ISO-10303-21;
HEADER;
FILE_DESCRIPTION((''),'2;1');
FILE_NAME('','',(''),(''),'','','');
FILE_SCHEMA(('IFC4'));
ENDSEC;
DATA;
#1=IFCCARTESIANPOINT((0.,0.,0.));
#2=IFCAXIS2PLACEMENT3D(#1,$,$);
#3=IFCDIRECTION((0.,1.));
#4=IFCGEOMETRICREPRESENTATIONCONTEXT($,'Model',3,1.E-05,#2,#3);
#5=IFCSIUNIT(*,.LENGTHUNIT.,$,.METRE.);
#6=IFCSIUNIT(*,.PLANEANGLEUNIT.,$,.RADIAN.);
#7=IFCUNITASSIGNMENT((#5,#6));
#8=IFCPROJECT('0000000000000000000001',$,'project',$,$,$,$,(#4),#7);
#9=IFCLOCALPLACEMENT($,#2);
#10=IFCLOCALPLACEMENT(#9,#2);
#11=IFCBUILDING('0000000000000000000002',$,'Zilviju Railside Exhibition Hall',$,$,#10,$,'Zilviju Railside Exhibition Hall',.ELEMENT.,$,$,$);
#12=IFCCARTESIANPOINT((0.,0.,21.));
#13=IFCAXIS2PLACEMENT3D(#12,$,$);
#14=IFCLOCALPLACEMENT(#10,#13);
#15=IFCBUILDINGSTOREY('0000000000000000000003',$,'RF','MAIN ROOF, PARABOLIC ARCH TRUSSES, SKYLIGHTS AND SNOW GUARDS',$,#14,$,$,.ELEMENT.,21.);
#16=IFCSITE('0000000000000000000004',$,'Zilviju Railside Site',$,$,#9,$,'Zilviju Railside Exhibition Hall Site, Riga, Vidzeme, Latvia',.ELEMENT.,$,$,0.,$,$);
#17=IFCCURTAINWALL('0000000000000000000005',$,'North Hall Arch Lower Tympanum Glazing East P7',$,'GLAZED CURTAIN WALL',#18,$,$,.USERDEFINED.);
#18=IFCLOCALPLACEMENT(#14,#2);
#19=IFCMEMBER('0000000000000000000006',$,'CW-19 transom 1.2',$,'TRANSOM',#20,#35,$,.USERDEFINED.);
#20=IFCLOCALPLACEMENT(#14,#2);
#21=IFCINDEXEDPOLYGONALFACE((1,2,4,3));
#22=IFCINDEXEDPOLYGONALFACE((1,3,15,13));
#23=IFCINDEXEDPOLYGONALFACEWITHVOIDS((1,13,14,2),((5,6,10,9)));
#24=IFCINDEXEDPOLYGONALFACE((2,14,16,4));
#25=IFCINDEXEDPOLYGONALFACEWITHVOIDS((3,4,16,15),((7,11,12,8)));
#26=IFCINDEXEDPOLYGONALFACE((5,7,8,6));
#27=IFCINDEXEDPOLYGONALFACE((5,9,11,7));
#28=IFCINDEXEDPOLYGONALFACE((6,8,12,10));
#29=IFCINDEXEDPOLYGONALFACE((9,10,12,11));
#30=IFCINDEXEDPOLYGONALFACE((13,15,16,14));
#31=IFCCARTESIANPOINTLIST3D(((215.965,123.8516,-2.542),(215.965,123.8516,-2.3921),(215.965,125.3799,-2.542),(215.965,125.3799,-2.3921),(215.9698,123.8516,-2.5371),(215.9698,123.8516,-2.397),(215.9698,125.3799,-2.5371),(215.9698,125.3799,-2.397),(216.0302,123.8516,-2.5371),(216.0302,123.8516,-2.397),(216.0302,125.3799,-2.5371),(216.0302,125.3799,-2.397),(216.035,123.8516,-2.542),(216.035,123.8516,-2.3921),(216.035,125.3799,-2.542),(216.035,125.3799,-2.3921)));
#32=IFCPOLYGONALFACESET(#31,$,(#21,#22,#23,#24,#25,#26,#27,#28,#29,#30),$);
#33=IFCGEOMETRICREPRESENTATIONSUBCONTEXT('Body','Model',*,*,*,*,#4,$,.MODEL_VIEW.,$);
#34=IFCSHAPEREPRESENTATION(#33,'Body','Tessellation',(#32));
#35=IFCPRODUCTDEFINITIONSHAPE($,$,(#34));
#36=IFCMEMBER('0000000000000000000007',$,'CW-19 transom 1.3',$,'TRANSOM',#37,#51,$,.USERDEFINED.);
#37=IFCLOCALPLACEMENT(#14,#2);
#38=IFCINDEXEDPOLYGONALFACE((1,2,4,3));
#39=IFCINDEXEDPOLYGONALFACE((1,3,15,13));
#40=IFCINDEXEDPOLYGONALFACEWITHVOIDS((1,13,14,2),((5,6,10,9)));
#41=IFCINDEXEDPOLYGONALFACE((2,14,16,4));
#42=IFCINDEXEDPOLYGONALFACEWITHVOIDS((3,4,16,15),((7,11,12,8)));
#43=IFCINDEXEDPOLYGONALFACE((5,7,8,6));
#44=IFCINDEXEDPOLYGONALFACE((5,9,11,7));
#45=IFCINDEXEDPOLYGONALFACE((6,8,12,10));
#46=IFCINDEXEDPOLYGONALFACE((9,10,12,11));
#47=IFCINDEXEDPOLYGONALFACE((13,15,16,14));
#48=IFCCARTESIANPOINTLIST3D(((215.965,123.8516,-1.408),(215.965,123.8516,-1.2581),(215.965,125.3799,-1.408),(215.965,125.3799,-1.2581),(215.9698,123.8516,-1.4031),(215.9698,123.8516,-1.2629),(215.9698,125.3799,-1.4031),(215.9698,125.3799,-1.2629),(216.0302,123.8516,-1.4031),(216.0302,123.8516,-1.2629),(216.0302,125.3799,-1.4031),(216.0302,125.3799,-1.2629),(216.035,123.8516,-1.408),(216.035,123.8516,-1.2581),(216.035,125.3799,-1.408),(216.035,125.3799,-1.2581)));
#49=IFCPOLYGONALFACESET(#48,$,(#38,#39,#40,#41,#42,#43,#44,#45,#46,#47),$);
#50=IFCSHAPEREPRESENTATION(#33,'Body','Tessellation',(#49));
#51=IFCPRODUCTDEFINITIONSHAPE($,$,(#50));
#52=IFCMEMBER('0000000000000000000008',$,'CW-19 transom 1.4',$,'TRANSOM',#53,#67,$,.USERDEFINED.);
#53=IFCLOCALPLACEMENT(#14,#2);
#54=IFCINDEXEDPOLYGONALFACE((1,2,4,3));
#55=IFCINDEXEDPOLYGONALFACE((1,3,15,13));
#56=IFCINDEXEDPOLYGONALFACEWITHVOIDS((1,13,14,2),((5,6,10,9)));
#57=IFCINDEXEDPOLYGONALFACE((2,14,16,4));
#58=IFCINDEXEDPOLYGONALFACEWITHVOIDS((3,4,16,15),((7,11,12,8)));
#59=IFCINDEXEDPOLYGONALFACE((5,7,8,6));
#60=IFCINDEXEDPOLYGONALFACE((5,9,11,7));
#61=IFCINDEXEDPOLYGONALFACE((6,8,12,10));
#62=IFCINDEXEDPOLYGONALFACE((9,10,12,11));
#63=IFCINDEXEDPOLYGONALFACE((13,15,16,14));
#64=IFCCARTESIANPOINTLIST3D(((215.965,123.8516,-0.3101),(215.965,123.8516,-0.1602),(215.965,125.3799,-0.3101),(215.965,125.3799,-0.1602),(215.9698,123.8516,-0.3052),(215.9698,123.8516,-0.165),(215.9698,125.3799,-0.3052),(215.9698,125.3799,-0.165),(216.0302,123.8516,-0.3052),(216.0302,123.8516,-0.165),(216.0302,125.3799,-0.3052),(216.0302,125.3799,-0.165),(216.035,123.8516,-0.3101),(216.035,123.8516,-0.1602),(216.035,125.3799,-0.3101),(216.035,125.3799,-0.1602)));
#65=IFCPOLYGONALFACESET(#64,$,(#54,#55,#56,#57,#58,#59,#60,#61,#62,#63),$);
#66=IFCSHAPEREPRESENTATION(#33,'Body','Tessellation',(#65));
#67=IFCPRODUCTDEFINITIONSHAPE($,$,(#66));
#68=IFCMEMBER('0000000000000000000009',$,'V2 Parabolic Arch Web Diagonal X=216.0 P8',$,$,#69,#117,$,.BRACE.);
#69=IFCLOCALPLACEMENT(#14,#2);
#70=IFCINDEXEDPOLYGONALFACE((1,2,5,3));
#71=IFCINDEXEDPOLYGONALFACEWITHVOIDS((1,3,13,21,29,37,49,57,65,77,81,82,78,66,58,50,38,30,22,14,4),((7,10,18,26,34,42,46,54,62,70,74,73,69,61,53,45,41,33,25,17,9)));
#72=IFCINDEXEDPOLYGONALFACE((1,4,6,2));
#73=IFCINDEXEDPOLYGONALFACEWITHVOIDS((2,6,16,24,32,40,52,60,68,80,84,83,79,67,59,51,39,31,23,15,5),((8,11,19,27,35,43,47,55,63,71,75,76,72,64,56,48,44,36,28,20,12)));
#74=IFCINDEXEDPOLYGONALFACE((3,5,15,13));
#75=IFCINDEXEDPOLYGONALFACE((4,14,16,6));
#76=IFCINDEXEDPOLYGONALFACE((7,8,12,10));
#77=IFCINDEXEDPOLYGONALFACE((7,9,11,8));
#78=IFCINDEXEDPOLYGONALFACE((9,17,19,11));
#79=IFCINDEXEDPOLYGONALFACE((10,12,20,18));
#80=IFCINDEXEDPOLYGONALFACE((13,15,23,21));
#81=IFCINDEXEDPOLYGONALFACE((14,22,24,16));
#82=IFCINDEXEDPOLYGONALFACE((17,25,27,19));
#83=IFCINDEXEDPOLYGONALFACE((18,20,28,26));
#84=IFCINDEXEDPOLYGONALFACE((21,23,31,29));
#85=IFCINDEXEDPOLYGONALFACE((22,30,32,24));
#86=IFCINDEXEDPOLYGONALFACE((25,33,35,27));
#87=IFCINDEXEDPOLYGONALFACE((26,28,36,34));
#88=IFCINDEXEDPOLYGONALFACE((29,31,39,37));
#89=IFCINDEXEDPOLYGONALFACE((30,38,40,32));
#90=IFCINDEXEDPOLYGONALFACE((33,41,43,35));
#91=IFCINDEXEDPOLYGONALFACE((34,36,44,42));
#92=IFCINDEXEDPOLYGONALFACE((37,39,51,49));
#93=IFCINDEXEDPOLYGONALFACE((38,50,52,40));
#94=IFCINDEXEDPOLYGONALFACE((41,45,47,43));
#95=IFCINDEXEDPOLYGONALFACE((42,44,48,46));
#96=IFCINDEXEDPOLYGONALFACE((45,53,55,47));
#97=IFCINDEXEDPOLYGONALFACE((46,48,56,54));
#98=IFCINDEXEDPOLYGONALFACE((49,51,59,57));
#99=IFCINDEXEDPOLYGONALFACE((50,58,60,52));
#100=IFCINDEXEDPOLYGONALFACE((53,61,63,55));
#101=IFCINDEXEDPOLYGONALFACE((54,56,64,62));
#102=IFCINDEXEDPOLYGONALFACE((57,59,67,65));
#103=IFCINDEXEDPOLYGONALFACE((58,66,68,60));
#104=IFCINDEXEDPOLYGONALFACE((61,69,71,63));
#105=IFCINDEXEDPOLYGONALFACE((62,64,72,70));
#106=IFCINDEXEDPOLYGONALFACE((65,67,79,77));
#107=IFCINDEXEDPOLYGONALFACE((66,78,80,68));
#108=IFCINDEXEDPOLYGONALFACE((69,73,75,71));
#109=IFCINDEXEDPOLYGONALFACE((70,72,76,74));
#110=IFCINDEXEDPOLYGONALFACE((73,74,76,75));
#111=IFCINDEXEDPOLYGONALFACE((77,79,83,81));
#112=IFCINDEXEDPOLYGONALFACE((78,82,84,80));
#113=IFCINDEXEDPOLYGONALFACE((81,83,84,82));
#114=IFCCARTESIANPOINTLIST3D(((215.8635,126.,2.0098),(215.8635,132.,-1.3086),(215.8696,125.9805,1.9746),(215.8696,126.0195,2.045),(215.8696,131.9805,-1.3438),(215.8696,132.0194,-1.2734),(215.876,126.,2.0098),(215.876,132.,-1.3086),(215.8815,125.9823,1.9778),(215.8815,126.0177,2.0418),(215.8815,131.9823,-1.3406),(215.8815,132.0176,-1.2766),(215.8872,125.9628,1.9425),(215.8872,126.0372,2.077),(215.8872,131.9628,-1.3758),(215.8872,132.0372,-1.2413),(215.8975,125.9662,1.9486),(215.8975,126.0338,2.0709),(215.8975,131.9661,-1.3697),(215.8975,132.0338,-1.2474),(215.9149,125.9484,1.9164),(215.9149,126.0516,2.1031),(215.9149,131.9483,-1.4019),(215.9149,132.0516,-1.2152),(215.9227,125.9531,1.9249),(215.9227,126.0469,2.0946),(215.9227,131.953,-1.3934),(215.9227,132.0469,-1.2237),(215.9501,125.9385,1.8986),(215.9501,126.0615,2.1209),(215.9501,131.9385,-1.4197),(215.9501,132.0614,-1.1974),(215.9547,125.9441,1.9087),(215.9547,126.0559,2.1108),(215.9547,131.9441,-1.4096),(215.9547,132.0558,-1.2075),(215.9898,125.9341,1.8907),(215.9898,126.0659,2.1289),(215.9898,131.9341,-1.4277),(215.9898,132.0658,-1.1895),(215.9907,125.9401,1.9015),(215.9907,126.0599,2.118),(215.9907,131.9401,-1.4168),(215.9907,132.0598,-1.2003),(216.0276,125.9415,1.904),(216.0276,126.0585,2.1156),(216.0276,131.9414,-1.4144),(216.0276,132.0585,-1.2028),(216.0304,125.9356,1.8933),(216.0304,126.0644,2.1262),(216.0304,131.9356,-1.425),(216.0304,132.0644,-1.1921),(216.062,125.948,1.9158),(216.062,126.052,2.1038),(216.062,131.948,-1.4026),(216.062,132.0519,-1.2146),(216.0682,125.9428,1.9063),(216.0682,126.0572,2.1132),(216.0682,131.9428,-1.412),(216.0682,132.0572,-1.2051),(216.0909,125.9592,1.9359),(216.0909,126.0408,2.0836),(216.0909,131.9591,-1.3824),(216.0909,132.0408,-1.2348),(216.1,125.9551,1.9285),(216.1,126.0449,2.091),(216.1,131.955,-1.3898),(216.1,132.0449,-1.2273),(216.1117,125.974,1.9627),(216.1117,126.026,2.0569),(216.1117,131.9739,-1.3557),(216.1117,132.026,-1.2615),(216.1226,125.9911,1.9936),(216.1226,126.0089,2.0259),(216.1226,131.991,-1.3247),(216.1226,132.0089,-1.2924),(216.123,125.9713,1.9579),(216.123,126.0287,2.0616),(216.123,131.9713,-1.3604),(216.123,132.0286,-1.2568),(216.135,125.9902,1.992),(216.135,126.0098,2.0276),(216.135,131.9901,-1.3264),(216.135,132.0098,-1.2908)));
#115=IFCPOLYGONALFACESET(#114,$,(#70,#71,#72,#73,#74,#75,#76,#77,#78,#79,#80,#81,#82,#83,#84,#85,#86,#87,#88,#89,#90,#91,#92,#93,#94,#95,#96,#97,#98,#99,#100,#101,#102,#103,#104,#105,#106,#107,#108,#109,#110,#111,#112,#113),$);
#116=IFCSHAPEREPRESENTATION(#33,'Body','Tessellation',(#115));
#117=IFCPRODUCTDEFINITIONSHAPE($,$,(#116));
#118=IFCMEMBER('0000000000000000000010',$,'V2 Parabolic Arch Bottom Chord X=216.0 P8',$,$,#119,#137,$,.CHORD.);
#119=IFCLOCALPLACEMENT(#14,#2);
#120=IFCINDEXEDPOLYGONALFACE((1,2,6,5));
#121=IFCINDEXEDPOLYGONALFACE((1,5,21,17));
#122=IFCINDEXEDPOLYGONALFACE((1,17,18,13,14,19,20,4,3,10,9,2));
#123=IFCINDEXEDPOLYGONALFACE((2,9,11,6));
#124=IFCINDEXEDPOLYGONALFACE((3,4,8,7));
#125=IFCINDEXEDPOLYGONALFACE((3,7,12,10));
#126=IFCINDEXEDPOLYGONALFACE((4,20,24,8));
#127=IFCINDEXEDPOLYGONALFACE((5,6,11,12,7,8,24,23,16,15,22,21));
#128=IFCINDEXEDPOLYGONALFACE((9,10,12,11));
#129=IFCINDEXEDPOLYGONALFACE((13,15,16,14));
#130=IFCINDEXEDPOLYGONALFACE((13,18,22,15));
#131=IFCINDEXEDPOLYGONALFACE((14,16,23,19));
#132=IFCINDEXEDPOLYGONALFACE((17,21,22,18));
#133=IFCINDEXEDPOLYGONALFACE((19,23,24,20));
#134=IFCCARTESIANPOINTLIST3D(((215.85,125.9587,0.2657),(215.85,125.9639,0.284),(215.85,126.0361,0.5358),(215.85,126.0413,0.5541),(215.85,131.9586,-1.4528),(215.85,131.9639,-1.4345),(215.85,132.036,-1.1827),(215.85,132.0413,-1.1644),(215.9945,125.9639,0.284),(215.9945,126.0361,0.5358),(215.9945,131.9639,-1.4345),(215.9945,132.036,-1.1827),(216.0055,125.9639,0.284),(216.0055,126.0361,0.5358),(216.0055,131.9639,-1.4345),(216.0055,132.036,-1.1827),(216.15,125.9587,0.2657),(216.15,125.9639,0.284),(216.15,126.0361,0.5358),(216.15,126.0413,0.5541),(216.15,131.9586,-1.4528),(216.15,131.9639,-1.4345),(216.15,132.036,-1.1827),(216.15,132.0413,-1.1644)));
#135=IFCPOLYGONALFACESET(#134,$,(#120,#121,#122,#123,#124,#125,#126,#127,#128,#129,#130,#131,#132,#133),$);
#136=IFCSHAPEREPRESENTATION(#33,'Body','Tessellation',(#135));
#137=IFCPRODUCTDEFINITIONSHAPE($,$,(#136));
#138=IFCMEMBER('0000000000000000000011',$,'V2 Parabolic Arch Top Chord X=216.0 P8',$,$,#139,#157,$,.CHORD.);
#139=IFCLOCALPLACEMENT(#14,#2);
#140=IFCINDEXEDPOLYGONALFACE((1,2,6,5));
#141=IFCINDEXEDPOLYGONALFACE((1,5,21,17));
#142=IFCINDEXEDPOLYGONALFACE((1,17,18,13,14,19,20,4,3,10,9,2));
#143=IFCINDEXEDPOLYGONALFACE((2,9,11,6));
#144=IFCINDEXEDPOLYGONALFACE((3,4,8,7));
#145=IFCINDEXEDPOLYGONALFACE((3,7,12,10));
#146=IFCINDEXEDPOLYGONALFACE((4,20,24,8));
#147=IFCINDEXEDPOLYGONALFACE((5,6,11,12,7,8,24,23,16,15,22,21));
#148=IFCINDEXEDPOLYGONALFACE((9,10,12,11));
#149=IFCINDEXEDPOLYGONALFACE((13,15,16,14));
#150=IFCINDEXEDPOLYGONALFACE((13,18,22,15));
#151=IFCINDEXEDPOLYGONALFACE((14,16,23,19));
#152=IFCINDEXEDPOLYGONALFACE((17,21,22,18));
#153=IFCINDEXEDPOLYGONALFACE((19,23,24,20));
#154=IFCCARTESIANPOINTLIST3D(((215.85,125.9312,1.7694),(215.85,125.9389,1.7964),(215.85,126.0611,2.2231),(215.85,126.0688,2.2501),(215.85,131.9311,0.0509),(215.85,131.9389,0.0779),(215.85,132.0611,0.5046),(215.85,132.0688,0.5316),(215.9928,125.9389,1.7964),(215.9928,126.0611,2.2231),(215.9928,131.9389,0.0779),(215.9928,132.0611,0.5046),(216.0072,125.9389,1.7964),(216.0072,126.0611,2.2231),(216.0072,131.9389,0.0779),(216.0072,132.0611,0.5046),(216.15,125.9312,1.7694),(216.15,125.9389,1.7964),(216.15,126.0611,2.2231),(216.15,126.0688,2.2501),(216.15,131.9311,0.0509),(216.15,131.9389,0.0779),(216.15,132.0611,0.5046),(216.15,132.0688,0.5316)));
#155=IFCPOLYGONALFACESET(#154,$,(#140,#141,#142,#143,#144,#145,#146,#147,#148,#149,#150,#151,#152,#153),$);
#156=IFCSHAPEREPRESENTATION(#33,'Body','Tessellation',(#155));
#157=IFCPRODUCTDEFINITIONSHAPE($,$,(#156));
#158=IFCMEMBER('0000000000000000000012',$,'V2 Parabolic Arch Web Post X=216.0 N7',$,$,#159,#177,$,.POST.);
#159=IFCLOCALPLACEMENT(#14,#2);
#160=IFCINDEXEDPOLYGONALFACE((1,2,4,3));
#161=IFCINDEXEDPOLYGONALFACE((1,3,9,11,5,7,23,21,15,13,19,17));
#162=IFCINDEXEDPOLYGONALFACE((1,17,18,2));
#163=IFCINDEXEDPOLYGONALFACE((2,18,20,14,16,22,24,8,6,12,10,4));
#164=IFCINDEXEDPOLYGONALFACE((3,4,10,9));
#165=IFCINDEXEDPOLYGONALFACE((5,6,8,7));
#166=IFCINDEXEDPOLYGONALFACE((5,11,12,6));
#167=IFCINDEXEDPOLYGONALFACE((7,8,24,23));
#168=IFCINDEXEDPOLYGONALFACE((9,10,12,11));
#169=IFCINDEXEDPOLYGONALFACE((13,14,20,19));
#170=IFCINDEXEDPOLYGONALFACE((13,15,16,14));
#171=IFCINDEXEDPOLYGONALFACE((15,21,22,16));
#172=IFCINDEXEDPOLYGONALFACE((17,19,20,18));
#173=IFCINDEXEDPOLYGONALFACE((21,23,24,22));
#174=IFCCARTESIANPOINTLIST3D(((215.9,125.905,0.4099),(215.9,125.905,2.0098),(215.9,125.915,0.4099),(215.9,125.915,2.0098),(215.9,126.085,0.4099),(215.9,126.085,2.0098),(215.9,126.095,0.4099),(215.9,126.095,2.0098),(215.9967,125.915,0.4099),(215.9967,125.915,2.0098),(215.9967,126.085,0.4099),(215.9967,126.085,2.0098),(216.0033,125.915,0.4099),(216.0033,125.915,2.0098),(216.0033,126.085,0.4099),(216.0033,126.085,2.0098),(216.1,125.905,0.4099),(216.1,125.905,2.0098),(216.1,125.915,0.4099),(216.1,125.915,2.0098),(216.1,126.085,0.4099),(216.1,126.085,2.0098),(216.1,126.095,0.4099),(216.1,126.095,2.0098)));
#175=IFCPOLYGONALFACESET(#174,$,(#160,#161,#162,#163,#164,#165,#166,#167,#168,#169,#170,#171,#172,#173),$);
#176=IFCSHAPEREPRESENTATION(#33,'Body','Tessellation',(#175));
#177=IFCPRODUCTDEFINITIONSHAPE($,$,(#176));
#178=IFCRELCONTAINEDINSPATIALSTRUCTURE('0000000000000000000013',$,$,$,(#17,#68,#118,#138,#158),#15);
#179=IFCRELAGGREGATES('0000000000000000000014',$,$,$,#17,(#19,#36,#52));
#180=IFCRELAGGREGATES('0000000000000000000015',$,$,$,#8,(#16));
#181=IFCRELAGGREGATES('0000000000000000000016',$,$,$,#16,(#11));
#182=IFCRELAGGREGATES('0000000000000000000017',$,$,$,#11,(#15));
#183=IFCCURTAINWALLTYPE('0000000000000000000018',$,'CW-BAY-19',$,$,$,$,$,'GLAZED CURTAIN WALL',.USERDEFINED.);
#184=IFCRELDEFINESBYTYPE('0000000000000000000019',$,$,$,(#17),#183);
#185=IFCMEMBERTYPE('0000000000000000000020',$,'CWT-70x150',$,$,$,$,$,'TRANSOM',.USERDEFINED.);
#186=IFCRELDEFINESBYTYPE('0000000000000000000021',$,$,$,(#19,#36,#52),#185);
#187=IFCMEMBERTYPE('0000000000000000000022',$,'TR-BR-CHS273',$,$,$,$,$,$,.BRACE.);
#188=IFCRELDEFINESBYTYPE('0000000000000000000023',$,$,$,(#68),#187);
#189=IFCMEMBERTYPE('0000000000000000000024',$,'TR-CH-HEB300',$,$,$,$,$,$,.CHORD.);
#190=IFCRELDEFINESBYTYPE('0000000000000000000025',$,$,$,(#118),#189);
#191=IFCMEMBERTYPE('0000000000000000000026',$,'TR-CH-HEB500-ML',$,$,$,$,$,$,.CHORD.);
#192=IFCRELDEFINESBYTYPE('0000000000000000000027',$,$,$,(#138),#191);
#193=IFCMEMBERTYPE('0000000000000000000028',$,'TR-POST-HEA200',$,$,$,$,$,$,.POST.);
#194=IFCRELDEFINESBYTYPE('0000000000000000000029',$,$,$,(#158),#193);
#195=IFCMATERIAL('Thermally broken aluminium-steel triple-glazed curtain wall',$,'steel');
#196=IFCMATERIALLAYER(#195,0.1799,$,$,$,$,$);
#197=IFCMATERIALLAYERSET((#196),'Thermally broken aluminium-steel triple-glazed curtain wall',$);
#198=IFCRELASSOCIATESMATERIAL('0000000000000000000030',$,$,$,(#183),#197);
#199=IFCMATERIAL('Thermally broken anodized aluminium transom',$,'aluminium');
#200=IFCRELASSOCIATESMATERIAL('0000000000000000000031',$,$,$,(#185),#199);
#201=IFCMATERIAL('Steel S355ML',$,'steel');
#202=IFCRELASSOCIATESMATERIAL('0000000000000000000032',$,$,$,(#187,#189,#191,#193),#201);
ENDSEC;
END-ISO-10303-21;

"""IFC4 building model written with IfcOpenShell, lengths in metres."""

from ifc_helpers import new_model, si_unit, direction, frame, origin, origin_2d, place, context, subcontext, project, spatial, hollow_rectangle, hollow_circle, i_section, extrude, material, layer, layer_set, material_profile, profile_set, type_object, element, aggregate, save


model = new_model("IFC4")

# Units and contexts
model_context = context("Model", 3, precision=1e-05, world=origin(), true_north=direction((0.0, 1.0)))
body_context = subcontext(model_context, "Body", "Model", "MODEL_VIEW")
ifc_project = project(units=[si_unit("LENGTHUNIT", "METRE"), si_unit("PLANEANGLEUNIT", "RADIAN")], contexts=[model_context])

# Site, building, storey
site_placement = place(None, origin())
site = spatial("IfcSite", under=ifc_project, at=site_placement, Name="Zilviju Railside Site", LongName="Zilviju Railside Exhibition Hall Site, Riga, Vidzeme, Latvia", CompositionType="ELEMENT", RefElevation=0.0)
building_placement = place(site_placement, origin())
building = spatial("IfcBuilding", under=site, at=building_placement, Name="Zilviju Railside Exhibition Hall", LongName="Zilviju Railside Exhibition Hall", CompositionType="ELEMENT")
storey_placement = place(building_placement, frame((0.0, 0.0, 21.0)))
storey = spatial("IfcBuildingStorey", under=building, at=storey_placement, Name="RF", Description="MAIN ROOF, PARABOLIC ARCH TRUSSES, SKYLIGHTS AND SNOW GUARDS", CompositionType="ELEMENT", Elevation=21.0)

# Curtain wall
ifc_material_1 = material(Name="Thermally broken aluminium-steel triple-glazed curtain wall", Category="steel")
ifc_layer_1 = layer(ifc_material_1, 0.1799)
ifc_layer_set_1 = layer_set([ifc_layer_1], Name="Thermally broken aluminium-steel triple-glazed curtain wall")
curtain_wall_type_1 = type_object("IfcCurtainWallType", Name="CW-BAY-19", ElementType="GLAZED CURTAIN WALL", PredefinedType="USERDEFINED", material=ifc_layer_set_1)
curtain_wall_1_placement = place(storey_placement, origin())
curtain_wall_1 = element("IfcCurtainWall", 1, at=curtain_wall_1_placement, inside=storey, type_object=curtain_wall_type_1, Name="North Hall Arch Lower Tympanum Glazing East P7", ObjectType="GLAZED CURTAIN WALL", PredefinedType="USERDEFINED")

# Members
ifc_material_2 = material(Name="Thermally broken anodized aluminium transom", Category="aluminium")
ifc_material_profile_1 = material_profile(ifc_material_2, hollow_rectangle(XDim=0.0701, YDim=0.1499, WallThickness=0.0049, at=origin_2d()), Name="TRANSOM 150x70x5")
ifc_profile_set_1 = profile_set([ifc_material_profile_1], Name="Thermally broken anodized aluminium transom")
member_type_1 = type_object("IfcMemberType", Name="CWT-70x150", ElementType="TRANSOM", PredefinedType="USERDEFINED", material=ifc_profile_set_1)
member_1_placement = place(storey_placement, frame((216.0, 125.3799, -2.467), z_axis=(0.0, -1.0, 0.0), x_axis=(1.0, 0.0, 0.0)))
member_1 = element("IfcMember", 2, at=member_1_placement, type_object=member_type_1, Name="CW-19 transom 1.2", ObjectType="TRANSOM", PredefinedType="USERDEFINED", context=body_context, shape_type="SweptSolid", body=[
    extrude(hollow_rectangle(XDim=0.0701, YDim=0.1499, WallThickness=0.0049, at=origin_2d()), origin(), (0.0, 0.0, 1.0), 1.5283),
])
member_2_placement = place(storey_placement, frame((216.0, 125.3799, -1.333), z_axis=(0.0, -1.0, 0.0), x_axis=(1.0, 0.0, 0.0)))
member_2 = element("IfcMember", 3, at=member_2_placement, type_object=member_type_1, Name="CW-19 transom 1.3", ObjectType="TRANSOM", PredefinedType="USERDEFINED", context=body_context, shape_type="SweptSolid", body=[
    extrude(hollow_rectangle(XDim=0.0701, YDim=0.1499, WallThickness=0.0049, at=origin_2d()), origin(), (0.0, 0.0, 1.0), 1.5283),
])
member_3_placement = place(storey_placement, frame((216.0, 125.3799, -0.2351), z_axis=(0.0, -1.0, 0.0), x_axis=(1.0, 0.0, 0.0)))
member_3 = element("IfcMember", 4, at=member_3_placement, type_object=member_type_1, Name="CW-19 transom 1.4", ObjectType="TRANSOM", PredefinedType="USERDEFINED", context=body_context, shape_type="SweptSolid", body=[
    extrude(hollow_rectangle(XDim=0.0701, YDim=0.1499, WallThickness=0.0049, at=origin_2d()), origin(), (0.0, 0.0, 1.0), 1.5283),
])

# Members
ifc_material_3 = material(Name="Steel S355ML", Category="steel")
ifc_material_profile_2 = material_profile(ifc_material_3, hollow_circle(Radius=0.1365, WallThickness=0.0125, at=origin_2d()), Name="CHS 273.0x12.5")
ifc_profile_set_2 = profile_set([ifc_material_profile_2], Name="Steel S355ML")
member_type_2 = type_object("IfcMemberType", Name="TR-BR-CHS273", PredefinedType="BRACE", material=ifc_profile_set_2)
member_4_placement = place(storey_placement, frame((216.0, 126.0, 2.0098), z_axis=(0.0, 0.875083, -0.483973), x_axis=(-1.0, 0.0, 0.0)))
element("IfcMember", 5, at=member_4_placement, inside=storey, type_object=member_type_2, Name="V2 Parabolic Arch Web Diagonal X=216.0 P8", PredefinedType="BRACE", context=body_context, shape_type="SweptSolid", body=[
    extrude(hollow_circle(Radius=0.1365, WallThickness=0.0125, at=origin_2d()), origin(), (0.0, 0.0, 1.0), 6.8564),
])
ifc_material_profile_3 = material_profile(ifc_material_3, i_section(OverallWidth=0.3, OverallDepth=0.3, WebThickness=0.011, FlangeThickness=0.019, at=origin_2d()), Name="HEB 300")
ifc_profile_set_3 = profile_set([ifc_material_profile_3], Name="Steel S355ML")
member_type_3 = type_object("IfcMemberType", Name="TR-CH-HEB300", PredefinedType="CHORD", material=ifc_profile_set_3)
member_5_placement = place(storey_placement, frame((216.0, 126.0, 0.4099), z_axis=(0.0, 0.961345, -0.275346), x_axis=(-1.0, 0.0, 0.0)))
element("IfcMember", 6, at=member_5_placement, inside=storey, type_object=member_type_3, Name="V2 Parabolic Arch Bottom Chord X=216.0 P8", PredefinedType="CHORD", context=body_context, shape_type="SweptSolid", body=[
    extrude(i_section(OverallWidth=0.3, OverallDepth=0.3, WebThickness=0.011, FlangeThickness=0.019, at=origin_2d()), origin(), (0.0, 0.0, 1.0), 6.2412),
])
ifc_material_profile_4 = material_profile(ifc_material_3, i_section(OverallWidth=0.3, OverallDepth=0.5, WebThickness=0.0144, FlangeThickness=0.0281, at=origin_2d()), Name="HEB 500")
ifc_profile_set_4 = profile_set([ifc_material_profile_4], Name="Steel S355ML")
member_type_4 = type_object("IfcMemberType", Name="TR-CH-HEB500-ML", PredefinedType="CHORD", material=ifc_profile_set_4)
member_6_placement = place(storey_placement, frame((216.0, 126.0, 2.0098), z_axis=(0.0, 0.961345, -0.275346), x_axis=(-1.0, 0.0, 0.0)))
element("IfcMember", 7, at=member_6_placement, inside=storey, type_object=member_type_4, Name="V2 Parabolic Arch Top Chord X=216.0 P8", PredefinedType="CHORD", context=body_context, shape_type="SweptSolid", body=[
    extrude(i_section(OverallWidth=0.3, OverallDepth=0.5, WebThickness=0.0144, FlangeThickness=0.0281, at=origin_2d()), origin(), (0.0, 0.0, 1.0), 6.2412),
])
ifc_material_profile_5 = material_profile(ifc_material_3, i_section(OverallWidth=0.2, OverallDepth=0.1899, WebThickness=0.0066, FlangeThickness=0.01, at=origin_2d()), Name="HEA 200")
ifc_profile_set_5 = profile_set([ifc_material_profile_5], Name="Steel S355ML")
member_type_5 = type_object("IfcMemberType", Name="TR-POST-HEA200", PredefinedType="POST", material=ifc_profile_set_5)
member_7_placement = place(storey_placement, frame((216.0, 126.0, 0.4099), z_axis=(0.0, 0.0, 1.0), x_axis=(1.0, 0.0, 0.0)))
element("IfcMember", 8, at=member_7_placement, inside=storey, type_object=member_type_5, Name="V2 Parabolic Arch Web Post X=216.0 N7", PredefinedType="POST", context=body_context, shape_type="SweptSolid", body=[
    extrude(i_section(OverallWidth=0.2, OverallDepth=0.1899, WebThickness=0.0066, FlangeThickness=0.01, at=origin_2d()), origin(), (0.0, 0.0, 1.0), 1.5999),
])

aggregate(curtain_wall_1, [member_1, member_2, member_3])

save(model, "model.ifc")
